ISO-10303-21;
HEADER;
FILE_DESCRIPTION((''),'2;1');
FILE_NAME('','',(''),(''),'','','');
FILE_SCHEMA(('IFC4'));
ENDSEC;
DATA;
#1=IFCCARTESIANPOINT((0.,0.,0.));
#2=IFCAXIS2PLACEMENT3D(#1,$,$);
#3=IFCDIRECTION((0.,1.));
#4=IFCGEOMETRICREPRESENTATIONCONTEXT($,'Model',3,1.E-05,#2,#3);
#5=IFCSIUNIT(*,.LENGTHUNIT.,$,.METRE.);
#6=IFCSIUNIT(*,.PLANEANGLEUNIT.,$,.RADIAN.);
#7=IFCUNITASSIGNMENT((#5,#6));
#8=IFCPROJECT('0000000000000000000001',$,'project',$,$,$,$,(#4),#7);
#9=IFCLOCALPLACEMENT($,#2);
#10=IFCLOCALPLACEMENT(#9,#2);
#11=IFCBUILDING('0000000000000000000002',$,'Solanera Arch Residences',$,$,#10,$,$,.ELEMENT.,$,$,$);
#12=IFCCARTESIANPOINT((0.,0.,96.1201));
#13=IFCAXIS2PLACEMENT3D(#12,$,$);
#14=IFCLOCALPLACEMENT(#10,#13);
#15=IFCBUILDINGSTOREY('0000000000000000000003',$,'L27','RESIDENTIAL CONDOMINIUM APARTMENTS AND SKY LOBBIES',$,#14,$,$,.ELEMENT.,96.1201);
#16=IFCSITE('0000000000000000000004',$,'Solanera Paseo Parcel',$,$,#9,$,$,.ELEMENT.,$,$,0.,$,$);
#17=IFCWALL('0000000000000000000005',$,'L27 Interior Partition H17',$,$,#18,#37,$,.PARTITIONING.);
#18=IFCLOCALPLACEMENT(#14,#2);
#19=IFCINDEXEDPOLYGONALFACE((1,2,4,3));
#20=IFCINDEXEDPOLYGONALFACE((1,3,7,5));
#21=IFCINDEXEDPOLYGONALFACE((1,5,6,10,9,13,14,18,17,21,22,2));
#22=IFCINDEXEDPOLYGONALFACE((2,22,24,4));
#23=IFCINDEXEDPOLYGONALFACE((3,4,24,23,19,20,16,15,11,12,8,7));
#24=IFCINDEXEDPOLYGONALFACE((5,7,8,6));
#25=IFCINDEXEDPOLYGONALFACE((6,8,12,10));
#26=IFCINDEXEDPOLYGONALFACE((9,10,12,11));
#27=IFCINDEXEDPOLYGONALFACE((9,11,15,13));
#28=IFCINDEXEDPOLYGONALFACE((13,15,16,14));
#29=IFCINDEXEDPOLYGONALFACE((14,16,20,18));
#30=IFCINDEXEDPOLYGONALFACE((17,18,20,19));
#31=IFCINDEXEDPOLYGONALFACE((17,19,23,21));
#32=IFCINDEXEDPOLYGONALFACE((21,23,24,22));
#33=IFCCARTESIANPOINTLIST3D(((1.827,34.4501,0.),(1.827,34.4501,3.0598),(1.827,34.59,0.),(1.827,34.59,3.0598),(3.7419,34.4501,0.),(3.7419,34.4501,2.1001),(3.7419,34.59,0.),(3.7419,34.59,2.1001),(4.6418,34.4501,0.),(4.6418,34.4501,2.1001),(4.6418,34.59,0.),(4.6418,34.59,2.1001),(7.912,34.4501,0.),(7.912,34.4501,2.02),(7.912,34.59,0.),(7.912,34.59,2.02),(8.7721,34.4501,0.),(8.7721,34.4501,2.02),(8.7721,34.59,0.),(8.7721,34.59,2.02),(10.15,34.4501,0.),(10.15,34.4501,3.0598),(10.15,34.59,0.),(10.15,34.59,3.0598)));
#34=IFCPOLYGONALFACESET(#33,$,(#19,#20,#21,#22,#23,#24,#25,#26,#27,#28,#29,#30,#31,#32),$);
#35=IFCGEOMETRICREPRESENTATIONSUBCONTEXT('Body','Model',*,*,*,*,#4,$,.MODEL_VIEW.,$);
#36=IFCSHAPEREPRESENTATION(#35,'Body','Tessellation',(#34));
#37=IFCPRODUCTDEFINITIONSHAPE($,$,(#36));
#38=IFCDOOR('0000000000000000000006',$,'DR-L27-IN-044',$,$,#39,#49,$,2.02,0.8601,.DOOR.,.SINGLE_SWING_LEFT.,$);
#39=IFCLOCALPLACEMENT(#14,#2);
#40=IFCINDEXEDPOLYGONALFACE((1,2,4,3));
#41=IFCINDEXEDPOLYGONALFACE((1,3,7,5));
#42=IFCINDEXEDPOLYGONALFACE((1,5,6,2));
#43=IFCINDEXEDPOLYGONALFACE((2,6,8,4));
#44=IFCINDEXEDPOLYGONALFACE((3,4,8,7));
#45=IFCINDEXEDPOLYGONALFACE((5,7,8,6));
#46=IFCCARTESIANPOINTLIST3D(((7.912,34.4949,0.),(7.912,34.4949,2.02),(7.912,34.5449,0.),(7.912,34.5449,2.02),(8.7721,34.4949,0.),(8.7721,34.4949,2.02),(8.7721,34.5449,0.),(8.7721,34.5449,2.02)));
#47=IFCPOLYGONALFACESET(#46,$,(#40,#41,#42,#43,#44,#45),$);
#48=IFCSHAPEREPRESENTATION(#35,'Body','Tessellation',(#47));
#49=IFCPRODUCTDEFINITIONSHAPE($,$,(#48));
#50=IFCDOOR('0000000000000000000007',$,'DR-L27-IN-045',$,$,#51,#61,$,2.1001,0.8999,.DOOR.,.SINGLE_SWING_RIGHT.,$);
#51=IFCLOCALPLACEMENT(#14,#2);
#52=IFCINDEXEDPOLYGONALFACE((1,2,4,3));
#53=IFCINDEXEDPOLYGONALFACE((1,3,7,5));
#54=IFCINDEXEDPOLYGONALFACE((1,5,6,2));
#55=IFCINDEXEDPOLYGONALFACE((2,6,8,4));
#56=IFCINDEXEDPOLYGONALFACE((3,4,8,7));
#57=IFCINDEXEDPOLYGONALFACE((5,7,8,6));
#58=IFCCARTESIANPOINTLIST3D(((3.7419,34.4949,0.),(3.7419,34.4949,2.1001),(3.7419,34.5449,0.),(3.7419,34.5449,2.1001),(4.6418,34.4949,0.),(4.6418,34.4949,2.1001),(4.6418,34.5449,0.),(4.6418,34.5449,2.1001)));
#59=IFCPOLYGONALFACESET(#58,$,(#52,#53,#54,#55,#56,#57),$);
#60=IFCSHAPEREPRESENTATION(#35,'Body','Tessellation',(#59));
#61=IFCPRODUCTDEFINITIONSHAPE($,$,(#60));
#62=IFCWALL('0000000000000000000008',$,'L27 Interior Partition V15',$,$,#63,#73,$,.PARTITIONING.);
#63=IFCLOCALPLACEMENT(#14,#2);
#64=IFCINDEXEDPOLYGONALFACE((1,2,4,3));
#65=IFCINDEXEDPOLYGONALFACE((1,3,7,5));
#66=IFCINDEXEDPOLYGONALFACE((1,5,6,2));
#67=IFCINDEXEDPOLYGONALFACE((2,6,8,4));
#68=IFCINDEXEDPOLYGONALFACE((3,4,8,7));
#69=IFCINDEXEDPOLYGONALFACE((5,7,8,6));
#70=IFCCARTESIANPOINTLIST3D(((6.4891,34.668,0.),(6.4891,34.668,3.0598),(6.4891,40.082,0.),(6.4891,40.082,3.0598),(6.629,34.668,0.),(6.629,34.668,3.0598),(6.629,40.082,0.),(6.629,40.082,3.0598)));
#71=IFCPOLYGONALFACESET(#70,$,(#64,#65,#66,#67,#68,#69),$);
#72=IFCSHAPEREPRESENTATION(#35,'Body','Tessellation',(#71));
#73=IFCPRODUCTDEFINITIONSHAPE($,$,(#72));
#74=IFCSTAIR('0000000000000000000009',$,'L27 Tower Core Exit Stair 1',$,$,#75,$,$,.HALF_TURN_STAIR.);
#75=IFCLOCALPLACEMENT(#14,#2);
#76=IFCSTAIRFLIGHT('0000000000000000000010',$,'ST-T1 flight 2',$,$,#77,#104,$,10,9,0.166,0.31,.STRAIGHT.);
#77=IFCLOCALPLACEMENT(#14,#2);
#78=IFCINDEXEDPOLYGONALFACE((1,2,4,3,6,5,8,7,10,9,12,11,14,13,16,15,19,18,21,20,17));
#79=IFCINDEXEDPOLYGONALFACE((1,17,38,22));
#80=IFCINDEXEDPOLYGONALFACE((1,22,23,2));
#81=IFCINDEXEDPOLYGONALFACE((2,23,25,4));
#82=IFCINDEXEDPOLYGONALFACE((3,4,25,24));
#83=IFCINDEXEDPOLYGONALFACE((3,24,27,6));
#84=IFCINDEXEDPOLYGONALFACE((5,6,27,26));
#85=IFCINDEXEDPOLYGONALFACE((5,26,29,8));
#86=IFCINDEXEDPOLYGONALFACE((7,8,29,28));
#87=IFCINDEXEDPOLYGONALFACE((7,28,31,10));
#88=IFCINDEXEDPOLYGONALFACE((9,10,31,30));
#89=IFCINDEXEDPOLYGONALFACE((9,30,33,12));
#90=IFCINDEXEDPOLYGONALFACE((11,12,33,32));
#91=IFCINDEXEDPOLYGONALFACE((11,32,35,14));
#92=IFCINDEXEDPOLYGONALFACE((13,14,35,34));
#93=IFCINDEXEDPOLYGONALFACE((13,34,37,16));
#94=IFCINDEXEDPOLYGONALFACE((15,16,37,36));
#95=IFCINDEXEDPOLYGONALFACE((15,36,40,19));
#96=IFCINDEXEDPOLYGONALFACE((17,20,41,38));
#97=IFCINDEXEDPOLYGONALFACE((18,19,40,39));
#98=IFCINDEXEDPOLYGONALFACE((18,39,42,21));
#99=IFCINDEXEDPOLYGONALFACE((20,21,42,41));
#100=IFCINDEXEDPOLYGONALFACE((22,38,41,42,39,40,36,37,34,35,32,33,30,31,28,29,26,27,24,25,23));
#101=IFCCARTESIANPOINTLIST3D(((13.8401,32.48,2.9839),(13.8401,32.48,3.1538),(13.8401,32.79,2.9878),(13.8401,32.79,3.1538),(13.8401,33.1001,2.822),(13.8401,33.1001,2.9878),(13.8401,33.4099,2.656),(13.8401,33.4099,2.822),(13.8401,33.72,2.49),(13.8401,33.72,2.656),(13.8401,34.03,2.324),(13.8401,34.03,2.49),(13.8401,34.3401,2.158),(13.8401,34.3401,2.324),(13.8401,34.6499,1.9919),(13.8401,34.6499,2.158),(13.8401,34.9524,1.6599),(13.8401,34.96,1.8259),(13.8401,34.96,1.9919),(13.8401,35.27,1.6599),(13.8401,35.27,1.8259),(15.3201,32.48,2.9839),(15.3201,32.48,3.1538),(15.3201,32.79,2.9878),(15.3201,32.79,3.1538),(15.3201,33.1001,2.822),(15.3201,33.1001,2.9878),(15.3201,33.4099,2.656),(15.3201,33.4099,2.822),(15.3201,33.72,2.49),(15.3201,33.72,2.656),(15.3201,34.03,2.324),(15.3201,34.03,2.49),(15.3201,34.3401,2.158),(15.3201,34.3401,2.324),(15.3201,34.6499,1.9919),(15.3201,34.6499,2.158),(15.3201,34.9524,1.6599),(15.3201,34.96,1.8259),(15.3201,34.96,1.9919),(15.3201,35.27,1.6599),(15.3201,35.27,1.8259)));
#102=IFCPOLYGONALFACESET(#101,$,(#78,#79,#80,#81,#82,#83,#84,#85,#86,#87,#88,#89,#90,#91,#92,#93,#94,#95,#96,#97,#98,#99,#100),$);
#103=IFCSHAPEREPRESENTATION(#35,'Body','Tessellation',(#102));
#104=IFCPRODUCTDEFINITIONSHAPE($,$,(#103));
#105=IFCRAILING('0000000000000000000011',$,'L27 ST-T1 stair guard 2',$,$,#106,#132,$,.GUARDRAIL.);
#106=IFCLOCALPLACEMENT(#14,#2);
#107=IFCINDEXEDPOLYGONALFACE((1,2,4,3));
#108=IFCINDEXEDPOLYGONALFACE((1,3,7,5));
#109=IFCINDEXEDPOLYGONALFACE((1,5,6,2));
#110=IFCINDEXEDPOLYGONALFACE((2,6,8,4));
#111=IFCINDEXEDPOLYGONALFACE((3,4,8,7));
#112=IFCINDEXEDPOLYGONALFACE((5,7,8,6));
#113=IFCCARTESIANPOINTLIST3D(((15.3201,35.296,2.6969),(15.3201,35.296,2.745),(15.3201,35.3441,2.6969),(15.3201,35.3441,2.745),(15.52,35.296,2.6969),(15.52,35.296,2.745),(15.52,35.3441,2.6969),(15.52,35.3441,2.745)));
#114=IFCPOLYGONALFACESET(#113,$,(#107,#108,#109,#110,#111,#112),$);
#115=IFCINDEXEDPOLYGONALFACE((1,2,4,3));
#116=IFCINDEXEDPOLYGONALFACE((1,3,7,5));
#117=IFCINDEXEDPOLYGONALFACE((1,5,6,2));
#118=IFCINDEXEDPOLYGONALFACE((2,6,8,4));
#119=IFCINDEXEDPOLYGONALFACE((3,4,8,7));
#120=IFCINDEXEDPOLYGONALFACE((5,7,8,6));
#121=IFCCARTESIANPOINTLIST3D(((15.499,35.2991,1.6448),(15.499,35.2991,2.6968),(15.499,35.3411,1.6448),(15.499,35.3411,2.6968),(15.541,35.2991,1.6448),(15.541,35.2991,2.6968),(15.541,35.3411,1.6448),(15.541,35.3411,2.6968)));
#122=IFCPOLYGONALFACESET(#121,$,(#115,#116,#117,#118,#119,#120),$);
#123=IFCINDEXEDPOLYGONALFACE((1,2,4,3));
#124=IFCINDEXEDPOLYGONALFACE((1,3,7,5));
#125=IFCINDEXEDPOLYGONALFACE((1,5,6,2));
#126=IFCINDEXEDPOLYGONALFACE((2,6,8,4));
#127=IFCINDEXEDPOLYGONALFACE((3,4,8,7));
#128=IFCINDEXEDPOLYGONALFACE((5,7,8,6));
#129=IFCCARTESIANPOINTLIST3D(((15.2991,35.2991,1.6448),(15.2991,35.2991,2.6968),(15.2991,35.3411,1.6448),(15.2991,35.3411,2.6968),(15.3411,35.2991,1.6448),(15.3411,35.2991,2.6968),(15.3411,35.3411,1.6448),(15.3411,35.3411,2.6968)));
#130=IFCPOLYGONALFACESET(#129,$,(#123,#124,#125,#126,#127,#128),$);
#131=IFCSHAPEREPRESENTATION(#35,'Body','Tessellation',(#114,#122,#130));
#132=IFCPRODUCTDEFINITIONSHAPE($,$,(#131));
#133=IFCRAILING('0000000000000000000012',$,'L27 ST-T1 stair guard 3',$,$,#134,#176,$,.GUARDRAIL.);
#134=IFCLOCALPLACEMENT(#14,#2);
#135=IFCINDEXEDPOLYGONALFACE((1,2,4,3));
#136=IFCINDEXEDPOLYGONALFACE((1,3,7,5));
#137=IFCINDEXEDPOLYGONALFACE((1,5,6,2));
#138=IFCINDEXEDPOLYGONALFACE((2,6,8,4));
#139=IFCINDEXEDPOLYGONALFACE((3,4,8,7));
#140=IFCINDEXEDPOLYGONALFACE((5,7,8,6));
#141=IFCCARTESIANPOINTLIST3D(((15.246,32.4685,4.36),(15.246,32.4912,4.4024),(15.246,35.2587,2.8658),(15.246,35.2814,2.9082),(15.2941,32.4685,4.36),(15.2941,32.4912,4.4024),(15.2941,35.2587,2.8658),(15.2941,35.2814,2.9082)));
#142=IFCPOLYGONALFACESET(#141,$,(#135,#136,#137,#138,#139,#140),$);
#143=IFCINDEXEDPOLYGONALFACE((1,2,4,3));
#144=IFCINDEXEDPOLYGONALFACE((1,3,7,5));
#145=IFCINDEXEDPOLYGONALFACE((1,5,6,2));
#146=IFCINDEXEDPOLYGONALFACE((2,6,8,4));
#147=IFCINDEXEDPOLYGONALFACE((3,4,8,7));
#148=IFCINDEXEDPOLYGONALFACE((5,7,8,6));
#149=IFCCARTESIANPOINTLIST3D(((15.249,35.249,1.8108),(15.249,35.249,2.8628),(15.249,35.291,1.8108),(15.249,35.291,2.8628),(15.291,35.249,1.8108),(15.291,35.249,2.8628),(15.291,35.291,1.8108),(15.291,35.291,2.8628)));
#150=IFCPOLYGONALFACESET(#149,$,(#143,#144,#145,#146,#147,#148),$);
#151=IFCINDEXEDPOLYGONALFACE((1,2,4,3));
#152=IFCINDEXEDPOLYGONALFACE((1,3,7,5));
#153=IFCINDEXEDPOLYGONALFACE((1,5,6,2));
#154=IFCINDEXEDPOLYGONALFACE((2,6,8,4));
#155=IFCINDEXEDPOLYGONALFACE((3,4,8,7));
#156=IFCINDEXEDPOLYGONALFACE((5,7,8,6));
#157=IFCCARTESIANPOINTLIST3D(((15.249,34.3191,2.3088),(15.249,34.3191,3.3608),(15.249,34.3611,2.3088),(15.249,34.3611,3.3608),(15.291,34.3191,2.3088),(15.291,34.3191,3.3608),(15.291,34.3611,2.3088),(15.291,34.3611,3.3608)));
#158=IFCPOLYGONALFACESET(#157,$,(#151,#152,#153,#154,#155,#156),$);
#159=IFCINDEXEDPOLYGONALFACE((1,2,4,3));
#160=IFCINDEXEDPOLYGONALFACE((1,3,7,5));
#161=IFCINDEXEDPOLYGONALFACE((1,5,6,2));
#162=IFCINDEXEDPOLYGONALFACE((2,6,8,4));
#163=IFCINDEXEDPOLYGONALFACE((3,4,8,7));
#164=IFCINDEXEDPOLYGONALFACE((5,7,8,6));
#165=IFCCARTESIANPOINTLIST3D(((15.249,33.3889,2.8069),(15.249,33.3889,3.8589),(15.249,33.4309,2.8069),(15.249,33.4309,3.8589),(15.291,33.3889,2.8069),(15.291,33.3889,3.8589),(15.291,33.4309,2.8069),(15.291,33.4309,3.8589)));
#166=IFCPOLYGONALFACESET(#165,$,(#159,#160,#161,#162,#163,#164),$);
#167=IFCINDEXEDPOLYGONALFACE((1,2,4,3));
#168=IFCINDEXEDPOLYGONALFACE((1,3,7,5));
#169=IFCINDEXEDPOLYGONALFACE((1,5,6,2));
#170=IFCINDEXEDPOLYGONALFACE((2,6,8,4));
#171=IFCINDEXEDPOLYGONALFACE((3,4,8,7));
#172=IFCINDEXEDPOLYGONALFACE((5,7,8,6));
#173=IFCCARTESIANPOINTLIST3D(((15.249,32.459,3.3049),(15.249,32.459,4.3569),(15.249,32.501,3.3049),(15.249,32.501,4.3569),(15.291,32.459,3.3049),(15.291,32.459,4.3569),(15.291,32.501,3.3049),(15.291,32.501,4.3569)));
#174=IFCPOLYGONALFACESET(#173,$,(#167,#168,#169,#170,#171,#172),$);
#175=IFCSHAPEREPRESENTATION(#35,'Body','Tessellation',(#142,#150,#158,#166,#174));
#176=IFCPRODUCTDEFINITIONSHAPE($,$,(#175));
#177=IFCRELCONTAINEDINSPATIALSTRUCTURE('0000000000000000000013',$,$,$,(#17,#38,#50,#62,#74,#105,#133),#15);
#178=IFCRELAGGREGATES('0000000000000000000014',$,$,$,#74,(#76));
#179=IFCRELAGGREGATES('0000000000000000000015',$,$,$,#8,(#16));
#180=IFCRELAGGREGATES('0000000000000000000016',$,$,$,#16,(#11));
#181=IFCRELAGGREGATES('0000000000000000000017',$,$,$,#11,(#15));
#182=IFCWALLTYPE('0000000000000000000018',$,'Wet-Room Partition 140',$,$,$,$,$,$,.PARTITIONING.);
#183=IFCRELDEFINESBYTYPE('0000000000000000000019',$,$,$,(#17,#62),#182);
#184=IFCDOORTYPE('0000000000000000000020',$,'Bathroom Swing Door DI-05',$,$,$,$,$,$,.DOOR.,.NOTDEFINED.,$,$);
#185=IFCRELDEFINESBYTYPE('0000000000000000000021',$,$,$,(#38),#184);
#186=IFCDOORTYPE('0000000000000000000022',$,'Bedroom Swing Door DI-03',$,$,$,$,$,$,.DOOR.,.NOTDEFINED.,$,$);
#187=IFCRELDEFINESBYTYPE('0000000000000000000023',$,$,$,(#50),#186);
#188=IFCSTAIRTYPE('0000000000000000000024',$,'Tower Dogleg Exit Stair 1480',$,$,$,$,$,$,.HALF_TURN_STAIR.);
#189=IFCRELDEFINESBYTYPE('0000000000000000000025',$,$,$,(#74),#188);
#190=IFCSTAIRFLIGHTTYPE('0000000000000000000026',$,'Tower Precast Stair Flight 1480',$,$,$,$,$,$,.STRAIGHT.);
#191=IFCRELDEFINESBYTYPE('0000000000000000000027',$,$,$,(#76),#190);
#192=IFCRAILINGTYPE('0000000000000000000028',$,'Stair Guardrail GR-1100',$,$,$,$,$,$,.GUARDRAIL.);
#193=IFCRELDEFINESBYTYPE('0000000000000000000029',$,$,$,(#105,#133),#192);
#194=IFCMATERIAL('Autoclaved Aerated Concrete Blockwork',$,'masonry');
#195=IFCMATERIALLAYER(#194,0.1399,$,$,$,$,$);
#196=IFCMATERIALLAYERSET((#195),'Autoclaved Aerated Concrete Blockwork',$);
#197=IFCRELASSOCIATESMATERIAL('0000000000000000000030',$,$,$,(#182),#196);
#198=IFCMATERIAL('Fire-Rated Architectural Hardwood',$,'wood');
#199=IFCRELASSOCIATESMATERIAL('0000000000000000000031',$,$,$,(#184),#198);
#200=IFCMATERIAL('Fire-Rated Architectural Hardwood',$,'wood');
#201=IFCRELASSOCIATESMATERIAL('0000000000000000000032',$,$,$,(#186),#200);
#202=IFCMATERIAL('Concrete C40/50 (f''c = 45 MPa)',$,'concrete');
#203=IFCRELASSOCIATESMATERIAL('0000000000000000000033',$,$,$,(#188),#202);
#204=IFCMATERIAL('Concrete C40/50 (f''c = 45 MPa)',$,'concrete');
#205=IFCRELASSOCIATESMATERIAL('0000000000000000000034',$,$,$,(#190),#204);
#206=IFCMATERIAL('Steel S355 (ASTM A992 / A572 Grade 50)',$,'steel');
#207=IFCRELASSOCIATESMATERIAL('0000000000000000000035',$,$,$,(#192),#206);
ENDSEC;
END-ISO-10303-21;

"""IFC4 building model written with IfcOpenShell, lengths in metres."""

from ifc_helpers import new_model, si_unit, direction, frame, frame_2d, origin, origin_2d, place, context, subcontext, project, spatial, polyline, rectangle, outline, extrude, material, layer, layer_set, type_object, element, fill, aggregate, save


model = new_model("IFC4")

# Units and contexts
model_context = context("Model", 3, precision=1e-05, world=origin(), true_north=direction((0.0, 1.0)))
body_context = subcontext(model_context, "Body", "Model", "MODEL_VIEW")
ifc_project = project(units=[si_unit("LENGTHUNIT", "METRE"), si_unit("PLANEANGLEUNIT", "RADIAN")], contexts=[model_context])

# Site, building, storey
site_placement = place(None, origin())
site = spatial("IfcSite", under=ifc_project, at=site_placement, Name="Solanera Paseo Parcel", CompositionType="ELEMENT", RefElevation=0.0)
building_placement = place(site_placement, origin())
building = spatial("IfcBuilding", under=site, at=building_placement, Name="Solanera Arch Residences", CompositionType="ELEMENT")
storey_placement = place(building_placement, frame((0.0, 0.0, 96.1201)))
storey = spatial("IfcBuildingStorey", under=building, at=storey_placement, Name="L27", Description="RESIDENTIAL CONDOMINIUM APARTMENTS AND SKY LOBBIES", CompositionType="ELEMENT", Elevation=96.1201)

# Wall, openings, doors
ifc_material_1 = material(Name="Autoclaved Aerated Concrete Blockwork", Category="masonry")
ifc_layer_1 = layer(ifc_material_1, 0.1399)
ifc_layer_set_1 = layer_set([ifc_layer_1], Name="Autoclaved Aerated Concrete Blockwork")
wall_type_1 = type_object("IfcWallType", Name="Wet-Room Partition 140", PredefinedType="PARTITIONING", material=ifc_layer_set_1)
wall_1_placement = place(storey_placement, frame((1.8269, 34.52, 0.0), z_axis=(0.0, 0.0, 1.0), x_axis=(1.0, 0.0, 0.0)))
wall_1 = element("IfcWall", 1, at=wall_1_placement, inside=storey, type_object=wall_type_1, Name="L27 Interior Partition H17", PredefinedType="PARTITIONING", context=body_context, shape_type="SweptSolid", body=[
    extrude(rectangle(XDim=8.323, YDim=0.1399, at=frame_2d((4.1616, 0.0))), origin(), (0.0, 0.0, 1.0), 3.0598),
])
opening_1_placement = place(wall_1_placement, frame((6.085, 0.0, 0.0)))
opening_1 = element("IfcOpeningElement", 2, at=opening_1_placement, cuts=wall_1, PredefinedType="OPENING", context=body_context, shape_type="SweptSolid", body=[
    extrude(rectangle(XDim=0.8601, YDim=2.02, at=frame_2d((0.4302, 1.01))), frame((0.0, 0.0798, 0.0), z_axis=(0.0, -1.0, 0.0), x_axis=(1.0, 0.0, 0.0)), (0.0, 0.0, 1.0), 0.1599),
])
opening_2_placement = place(wall_1_placement, frame((1.915, 0.0, 0.0)))
opening_2 = element("IfcOpeningElement", 3, at=opening_2_placement, cuts=wall_1, PredefinedType="OPENING", context=body_context, shape_type="SweptSolid", body=[
    extrude(rectangle(XDim=0.8999, YDim=2.1001, at=frame_2d((0.45, 1.05))), frame((0.0, 0.0798, 0.0), z_axis=(0.0, -1.0, 0.0), x_axis=(1.0, 0.0, 0.0)), (0.0, 0.0, 1.0), 0.1599),
])
ifc_material_2 = material(Name="Fire-Rated Architectural Hardwood", Category="wood")
door_type_1 = type_object("IfcDoorType", Name="Bathroom Swing Door DI-05", OperationType="NOTDEFINED", PredefinedType="DOOR", material=ifc_material_2)
door_1_placement = place(opening_1_placement, origin())
door_1 = element("IfcDoor", 4, at=door_1_placement, inside=storey, type_object=door_type_1, Name="DR-L27-IN-044", OperationType="SINGLE_SWING_LEFT", OverallHeight=2.02, OverallWidth=0.8601, PredefinedType="DOOR", context=body_context, shape_type="SweptSolid", body=[
    extrude(rectangle(XDim=0.8601, YDim=2.02, at=frame_2d((0.4302, 1.01))), frame((0.0, 0.0249, 0.0), z_axis=(0.0, -1.0, 0.0), x_axis=(1.0, 0.0, 0.0)), (0.0, 0.0, 1.0), 0.05),
])
fill(opening_1, door_1)
ifc_material_3 = material(Name="Fire-Rated Architectural Hardwood", Category="wood")
door_type_2 = type_object("IfcDoorType", Name="Bedroom Swing Door DI-03", OperationType="NOTDEFINED", PredefinedType="DOOR", material=ifc_material_3)
door_2_placement = place(opening_2_placement, origin())
door_2 = element("IfcDoor", 5, at=door_2_placement, inside=storey, type_object=door_type_2, Name="DR-L27-IN-045", OperationType="SINGLE_SWING_RIGHT", OverallHeight=2.1001, OverallWidth=0.8999, PredefinedType="DOOR", context=body_context, shape_type="SweptSolid", body=[
    extrude(rectangle(XDim=0.8999, YDim=2.1001, at=frame_2d((0.45, 1.05))), frame((0.0, 0.0249, 0.0), z_axis=(0.0, -1.0, 0.0), x_axis=(1.0, 0.0, 0.0)), (0.0, 0.0, 1.0), 0.05),
])
fill(opening_2, door_2)

# Wall
wall_2_placement = place(storey_placement, frame((6.5591, 34.668, 0.0), z_axis=(0.0, 0.0, 1.0), x_axis=(0.0, 1.0, 0.0)))
element("IfcWall", 6, at=wall_2_placement, inside=storey, type_object=wall_type_1, Name="L27 Interior Partition V15", PredefinedType="PARTITIONING", context=body_context, shape_type="SweptSolid", body=[
    extrude(rectangle(XDim=5.4141, YDim=0.1399, at=frame_2d((2.707, 0.0))), origin(), (0.0, 0.0, 1.0), 3.0598),
])

# Stair, stair flight
ifc_material_4 = material(Name="Concrete C40/50 (f'c = 45 MPa)", Category="concrete")
stair_type = type_object("IfcStairType", Name="Tower Dogleg Exit Stair 1480", PredefinedType="HALF_TURN_STAIR", material=ifc_material_4)
stair_placement = place(storey_placement, origin())
stair = element("IfcStair", 7, at=stair_placement, inside=storey, type_object=stair_type, Name="L27 Tower Core Exit Stair 1", PredefinedType="HALF_TURN_STAIR")
ifc_material_5 = material(Name="Concrete C40/50 (f'c = 45 MPa)", Category="concrete")
stair_flight_type = type_object("IfcStairFlightType", Name="Tower Precast Stair Flight 1480", PredefinedType="STRAIGHT", material=ifc_material_5)
stair_flight_placement = place(storey_placement, frame((14.5801, 35.27, 1.6599), z_axis=(0.0, 0.0, 1.0), x_axis=(0.0, -1.0, 0.0)))
stair_flight = element("IfcStairFlight", 8, at=stair_flight_placement, type_object=stair_flight_type, Name="ST-T1 flight 2", NumberOfRisers=10, NumberOfTreads=9, PredefinedType="STRAIGHT", RiserHeight=0.166, TreadLength=0.31, context=body_context, shape_type="SweptSolid", body=[
    extrude(outline(polyline([(0.0, 0.0), (0.0, 0.166), (0.3101, 0.166), (0.3101, 0.332), (0.6201, 0.332), (0.6201, 0.498), (0.9299, 0.498), (0.9299, 0.6641), (1.24, 0.6641), (1.24, 0.8301), (1.55, 0.8301), (1.55, 0.9961), (1.8601, 0.9961), (1.8601, 1.1621), (2.1699, 1.1621), (2.1699, 1.3279), (2.48, 1.3279), (2.48, 1.4939), (2.79, 1.4939), (2.79, 1.6599), (2.79, 1.324), (0.3176, 0.0), (0.0, 0.0)])), frame((0.0, 0.74, 0.0), z_axis=(0.0, -1.0, 0.0), x_axis=(1.0, 0.0, 0.0)), (0.0, 0.0, 1.0), 1.48),
])
aggregate(stair, [stair_flight])

# Railings
ifc_material_6 = material(Name="Steel S355 (ASTM A992 / A572 Grade 50)", Category="steel")
railing_type_1 = type_object("IfcRailingType", Name="Stair Guardrail GR-1100", PredefinedType="GUARDRAIL", material=ifc_material_6)
railing_1_placement = place(storey_placement, frame((15.52, 35.3201, 1.6448)))
element("IfcRailing", 9, at=railing_1_placement, inside=storey, type_object=railing_type_1, Name="L27 ST-T1 stair guard 2", PredefinedType="GUARDRAIL", context=body_context, shape_type="SweptSolid", body=[
    extrude(rectangle(XDim=0.0481, YDim=0.0481, at=origin_2d()), frame((0.0, 0.0, 1.0762), z_axis=(-1.0, 0.0, 0.0), x_axis=(0.0, -1.0, 0.0)), (0.0, 0.0, 1.0), 0.2),
    extrude(rectangle(XDim=0.042, YDim=0.042, at=origin_2d()), origin(), (0.0, 0.0, 1.0), 1.052),
    extrude(rectangle(XDim=0.042, YDim=0.042, at=origin_2d()), frame((-0.2, 0.0, 0.0)), (0.0, 0.0, 1.0), 1.052),
])
railing_2_placement = place(storey_placement, frame((15.27, 35.27, 1.8108)))
element("IfcRailing", 10, at=railing_2_placement, inside=storey, type_object=railing_type_1, Name="L27 ST-T1 stair guard 3", PredefinedType="GUARDRAIL", context=body_context, shape_type="SweptSolid", body=[
    extrude(rectangle(XDim=0.0481, YDim=0.0481, at=origin_2d()), frame((0.0, 0.0, 1.0762), z_axis=(0.0, -0.881549, 0.472093), x_axis=(1.0, 0.0, 0.0)), (0.0, 0.0, 1.0), 3.165),
    extrude(rectangle(XDim=0.042, YDim=0.042, at=origin_2d()), origin(), (0.0, 0.0, 1.0), 1.052),
    extrude(rectangle(XDim=0.042, YDim=0.042, at=origin_2d()), frame((0.0, -0.9299, 0.498)), (0.0, 0.0, 1.0), 1.052),
    extrude(rectangle(XDim=0.042, YDim=0.042, at=origin_2d()), frame((0.0, -1.8601, 0.9961)), (0.0, 0.0, 1.0), 1.052),
    extrude(rectangle(XDim=0.042, YDim=0.042, at=origin_2d()), frame((0.0, -2.79, 1.4941)), (0.0, 0.0, 1.0), 1.052),
])

save(model, "model.ifc")
